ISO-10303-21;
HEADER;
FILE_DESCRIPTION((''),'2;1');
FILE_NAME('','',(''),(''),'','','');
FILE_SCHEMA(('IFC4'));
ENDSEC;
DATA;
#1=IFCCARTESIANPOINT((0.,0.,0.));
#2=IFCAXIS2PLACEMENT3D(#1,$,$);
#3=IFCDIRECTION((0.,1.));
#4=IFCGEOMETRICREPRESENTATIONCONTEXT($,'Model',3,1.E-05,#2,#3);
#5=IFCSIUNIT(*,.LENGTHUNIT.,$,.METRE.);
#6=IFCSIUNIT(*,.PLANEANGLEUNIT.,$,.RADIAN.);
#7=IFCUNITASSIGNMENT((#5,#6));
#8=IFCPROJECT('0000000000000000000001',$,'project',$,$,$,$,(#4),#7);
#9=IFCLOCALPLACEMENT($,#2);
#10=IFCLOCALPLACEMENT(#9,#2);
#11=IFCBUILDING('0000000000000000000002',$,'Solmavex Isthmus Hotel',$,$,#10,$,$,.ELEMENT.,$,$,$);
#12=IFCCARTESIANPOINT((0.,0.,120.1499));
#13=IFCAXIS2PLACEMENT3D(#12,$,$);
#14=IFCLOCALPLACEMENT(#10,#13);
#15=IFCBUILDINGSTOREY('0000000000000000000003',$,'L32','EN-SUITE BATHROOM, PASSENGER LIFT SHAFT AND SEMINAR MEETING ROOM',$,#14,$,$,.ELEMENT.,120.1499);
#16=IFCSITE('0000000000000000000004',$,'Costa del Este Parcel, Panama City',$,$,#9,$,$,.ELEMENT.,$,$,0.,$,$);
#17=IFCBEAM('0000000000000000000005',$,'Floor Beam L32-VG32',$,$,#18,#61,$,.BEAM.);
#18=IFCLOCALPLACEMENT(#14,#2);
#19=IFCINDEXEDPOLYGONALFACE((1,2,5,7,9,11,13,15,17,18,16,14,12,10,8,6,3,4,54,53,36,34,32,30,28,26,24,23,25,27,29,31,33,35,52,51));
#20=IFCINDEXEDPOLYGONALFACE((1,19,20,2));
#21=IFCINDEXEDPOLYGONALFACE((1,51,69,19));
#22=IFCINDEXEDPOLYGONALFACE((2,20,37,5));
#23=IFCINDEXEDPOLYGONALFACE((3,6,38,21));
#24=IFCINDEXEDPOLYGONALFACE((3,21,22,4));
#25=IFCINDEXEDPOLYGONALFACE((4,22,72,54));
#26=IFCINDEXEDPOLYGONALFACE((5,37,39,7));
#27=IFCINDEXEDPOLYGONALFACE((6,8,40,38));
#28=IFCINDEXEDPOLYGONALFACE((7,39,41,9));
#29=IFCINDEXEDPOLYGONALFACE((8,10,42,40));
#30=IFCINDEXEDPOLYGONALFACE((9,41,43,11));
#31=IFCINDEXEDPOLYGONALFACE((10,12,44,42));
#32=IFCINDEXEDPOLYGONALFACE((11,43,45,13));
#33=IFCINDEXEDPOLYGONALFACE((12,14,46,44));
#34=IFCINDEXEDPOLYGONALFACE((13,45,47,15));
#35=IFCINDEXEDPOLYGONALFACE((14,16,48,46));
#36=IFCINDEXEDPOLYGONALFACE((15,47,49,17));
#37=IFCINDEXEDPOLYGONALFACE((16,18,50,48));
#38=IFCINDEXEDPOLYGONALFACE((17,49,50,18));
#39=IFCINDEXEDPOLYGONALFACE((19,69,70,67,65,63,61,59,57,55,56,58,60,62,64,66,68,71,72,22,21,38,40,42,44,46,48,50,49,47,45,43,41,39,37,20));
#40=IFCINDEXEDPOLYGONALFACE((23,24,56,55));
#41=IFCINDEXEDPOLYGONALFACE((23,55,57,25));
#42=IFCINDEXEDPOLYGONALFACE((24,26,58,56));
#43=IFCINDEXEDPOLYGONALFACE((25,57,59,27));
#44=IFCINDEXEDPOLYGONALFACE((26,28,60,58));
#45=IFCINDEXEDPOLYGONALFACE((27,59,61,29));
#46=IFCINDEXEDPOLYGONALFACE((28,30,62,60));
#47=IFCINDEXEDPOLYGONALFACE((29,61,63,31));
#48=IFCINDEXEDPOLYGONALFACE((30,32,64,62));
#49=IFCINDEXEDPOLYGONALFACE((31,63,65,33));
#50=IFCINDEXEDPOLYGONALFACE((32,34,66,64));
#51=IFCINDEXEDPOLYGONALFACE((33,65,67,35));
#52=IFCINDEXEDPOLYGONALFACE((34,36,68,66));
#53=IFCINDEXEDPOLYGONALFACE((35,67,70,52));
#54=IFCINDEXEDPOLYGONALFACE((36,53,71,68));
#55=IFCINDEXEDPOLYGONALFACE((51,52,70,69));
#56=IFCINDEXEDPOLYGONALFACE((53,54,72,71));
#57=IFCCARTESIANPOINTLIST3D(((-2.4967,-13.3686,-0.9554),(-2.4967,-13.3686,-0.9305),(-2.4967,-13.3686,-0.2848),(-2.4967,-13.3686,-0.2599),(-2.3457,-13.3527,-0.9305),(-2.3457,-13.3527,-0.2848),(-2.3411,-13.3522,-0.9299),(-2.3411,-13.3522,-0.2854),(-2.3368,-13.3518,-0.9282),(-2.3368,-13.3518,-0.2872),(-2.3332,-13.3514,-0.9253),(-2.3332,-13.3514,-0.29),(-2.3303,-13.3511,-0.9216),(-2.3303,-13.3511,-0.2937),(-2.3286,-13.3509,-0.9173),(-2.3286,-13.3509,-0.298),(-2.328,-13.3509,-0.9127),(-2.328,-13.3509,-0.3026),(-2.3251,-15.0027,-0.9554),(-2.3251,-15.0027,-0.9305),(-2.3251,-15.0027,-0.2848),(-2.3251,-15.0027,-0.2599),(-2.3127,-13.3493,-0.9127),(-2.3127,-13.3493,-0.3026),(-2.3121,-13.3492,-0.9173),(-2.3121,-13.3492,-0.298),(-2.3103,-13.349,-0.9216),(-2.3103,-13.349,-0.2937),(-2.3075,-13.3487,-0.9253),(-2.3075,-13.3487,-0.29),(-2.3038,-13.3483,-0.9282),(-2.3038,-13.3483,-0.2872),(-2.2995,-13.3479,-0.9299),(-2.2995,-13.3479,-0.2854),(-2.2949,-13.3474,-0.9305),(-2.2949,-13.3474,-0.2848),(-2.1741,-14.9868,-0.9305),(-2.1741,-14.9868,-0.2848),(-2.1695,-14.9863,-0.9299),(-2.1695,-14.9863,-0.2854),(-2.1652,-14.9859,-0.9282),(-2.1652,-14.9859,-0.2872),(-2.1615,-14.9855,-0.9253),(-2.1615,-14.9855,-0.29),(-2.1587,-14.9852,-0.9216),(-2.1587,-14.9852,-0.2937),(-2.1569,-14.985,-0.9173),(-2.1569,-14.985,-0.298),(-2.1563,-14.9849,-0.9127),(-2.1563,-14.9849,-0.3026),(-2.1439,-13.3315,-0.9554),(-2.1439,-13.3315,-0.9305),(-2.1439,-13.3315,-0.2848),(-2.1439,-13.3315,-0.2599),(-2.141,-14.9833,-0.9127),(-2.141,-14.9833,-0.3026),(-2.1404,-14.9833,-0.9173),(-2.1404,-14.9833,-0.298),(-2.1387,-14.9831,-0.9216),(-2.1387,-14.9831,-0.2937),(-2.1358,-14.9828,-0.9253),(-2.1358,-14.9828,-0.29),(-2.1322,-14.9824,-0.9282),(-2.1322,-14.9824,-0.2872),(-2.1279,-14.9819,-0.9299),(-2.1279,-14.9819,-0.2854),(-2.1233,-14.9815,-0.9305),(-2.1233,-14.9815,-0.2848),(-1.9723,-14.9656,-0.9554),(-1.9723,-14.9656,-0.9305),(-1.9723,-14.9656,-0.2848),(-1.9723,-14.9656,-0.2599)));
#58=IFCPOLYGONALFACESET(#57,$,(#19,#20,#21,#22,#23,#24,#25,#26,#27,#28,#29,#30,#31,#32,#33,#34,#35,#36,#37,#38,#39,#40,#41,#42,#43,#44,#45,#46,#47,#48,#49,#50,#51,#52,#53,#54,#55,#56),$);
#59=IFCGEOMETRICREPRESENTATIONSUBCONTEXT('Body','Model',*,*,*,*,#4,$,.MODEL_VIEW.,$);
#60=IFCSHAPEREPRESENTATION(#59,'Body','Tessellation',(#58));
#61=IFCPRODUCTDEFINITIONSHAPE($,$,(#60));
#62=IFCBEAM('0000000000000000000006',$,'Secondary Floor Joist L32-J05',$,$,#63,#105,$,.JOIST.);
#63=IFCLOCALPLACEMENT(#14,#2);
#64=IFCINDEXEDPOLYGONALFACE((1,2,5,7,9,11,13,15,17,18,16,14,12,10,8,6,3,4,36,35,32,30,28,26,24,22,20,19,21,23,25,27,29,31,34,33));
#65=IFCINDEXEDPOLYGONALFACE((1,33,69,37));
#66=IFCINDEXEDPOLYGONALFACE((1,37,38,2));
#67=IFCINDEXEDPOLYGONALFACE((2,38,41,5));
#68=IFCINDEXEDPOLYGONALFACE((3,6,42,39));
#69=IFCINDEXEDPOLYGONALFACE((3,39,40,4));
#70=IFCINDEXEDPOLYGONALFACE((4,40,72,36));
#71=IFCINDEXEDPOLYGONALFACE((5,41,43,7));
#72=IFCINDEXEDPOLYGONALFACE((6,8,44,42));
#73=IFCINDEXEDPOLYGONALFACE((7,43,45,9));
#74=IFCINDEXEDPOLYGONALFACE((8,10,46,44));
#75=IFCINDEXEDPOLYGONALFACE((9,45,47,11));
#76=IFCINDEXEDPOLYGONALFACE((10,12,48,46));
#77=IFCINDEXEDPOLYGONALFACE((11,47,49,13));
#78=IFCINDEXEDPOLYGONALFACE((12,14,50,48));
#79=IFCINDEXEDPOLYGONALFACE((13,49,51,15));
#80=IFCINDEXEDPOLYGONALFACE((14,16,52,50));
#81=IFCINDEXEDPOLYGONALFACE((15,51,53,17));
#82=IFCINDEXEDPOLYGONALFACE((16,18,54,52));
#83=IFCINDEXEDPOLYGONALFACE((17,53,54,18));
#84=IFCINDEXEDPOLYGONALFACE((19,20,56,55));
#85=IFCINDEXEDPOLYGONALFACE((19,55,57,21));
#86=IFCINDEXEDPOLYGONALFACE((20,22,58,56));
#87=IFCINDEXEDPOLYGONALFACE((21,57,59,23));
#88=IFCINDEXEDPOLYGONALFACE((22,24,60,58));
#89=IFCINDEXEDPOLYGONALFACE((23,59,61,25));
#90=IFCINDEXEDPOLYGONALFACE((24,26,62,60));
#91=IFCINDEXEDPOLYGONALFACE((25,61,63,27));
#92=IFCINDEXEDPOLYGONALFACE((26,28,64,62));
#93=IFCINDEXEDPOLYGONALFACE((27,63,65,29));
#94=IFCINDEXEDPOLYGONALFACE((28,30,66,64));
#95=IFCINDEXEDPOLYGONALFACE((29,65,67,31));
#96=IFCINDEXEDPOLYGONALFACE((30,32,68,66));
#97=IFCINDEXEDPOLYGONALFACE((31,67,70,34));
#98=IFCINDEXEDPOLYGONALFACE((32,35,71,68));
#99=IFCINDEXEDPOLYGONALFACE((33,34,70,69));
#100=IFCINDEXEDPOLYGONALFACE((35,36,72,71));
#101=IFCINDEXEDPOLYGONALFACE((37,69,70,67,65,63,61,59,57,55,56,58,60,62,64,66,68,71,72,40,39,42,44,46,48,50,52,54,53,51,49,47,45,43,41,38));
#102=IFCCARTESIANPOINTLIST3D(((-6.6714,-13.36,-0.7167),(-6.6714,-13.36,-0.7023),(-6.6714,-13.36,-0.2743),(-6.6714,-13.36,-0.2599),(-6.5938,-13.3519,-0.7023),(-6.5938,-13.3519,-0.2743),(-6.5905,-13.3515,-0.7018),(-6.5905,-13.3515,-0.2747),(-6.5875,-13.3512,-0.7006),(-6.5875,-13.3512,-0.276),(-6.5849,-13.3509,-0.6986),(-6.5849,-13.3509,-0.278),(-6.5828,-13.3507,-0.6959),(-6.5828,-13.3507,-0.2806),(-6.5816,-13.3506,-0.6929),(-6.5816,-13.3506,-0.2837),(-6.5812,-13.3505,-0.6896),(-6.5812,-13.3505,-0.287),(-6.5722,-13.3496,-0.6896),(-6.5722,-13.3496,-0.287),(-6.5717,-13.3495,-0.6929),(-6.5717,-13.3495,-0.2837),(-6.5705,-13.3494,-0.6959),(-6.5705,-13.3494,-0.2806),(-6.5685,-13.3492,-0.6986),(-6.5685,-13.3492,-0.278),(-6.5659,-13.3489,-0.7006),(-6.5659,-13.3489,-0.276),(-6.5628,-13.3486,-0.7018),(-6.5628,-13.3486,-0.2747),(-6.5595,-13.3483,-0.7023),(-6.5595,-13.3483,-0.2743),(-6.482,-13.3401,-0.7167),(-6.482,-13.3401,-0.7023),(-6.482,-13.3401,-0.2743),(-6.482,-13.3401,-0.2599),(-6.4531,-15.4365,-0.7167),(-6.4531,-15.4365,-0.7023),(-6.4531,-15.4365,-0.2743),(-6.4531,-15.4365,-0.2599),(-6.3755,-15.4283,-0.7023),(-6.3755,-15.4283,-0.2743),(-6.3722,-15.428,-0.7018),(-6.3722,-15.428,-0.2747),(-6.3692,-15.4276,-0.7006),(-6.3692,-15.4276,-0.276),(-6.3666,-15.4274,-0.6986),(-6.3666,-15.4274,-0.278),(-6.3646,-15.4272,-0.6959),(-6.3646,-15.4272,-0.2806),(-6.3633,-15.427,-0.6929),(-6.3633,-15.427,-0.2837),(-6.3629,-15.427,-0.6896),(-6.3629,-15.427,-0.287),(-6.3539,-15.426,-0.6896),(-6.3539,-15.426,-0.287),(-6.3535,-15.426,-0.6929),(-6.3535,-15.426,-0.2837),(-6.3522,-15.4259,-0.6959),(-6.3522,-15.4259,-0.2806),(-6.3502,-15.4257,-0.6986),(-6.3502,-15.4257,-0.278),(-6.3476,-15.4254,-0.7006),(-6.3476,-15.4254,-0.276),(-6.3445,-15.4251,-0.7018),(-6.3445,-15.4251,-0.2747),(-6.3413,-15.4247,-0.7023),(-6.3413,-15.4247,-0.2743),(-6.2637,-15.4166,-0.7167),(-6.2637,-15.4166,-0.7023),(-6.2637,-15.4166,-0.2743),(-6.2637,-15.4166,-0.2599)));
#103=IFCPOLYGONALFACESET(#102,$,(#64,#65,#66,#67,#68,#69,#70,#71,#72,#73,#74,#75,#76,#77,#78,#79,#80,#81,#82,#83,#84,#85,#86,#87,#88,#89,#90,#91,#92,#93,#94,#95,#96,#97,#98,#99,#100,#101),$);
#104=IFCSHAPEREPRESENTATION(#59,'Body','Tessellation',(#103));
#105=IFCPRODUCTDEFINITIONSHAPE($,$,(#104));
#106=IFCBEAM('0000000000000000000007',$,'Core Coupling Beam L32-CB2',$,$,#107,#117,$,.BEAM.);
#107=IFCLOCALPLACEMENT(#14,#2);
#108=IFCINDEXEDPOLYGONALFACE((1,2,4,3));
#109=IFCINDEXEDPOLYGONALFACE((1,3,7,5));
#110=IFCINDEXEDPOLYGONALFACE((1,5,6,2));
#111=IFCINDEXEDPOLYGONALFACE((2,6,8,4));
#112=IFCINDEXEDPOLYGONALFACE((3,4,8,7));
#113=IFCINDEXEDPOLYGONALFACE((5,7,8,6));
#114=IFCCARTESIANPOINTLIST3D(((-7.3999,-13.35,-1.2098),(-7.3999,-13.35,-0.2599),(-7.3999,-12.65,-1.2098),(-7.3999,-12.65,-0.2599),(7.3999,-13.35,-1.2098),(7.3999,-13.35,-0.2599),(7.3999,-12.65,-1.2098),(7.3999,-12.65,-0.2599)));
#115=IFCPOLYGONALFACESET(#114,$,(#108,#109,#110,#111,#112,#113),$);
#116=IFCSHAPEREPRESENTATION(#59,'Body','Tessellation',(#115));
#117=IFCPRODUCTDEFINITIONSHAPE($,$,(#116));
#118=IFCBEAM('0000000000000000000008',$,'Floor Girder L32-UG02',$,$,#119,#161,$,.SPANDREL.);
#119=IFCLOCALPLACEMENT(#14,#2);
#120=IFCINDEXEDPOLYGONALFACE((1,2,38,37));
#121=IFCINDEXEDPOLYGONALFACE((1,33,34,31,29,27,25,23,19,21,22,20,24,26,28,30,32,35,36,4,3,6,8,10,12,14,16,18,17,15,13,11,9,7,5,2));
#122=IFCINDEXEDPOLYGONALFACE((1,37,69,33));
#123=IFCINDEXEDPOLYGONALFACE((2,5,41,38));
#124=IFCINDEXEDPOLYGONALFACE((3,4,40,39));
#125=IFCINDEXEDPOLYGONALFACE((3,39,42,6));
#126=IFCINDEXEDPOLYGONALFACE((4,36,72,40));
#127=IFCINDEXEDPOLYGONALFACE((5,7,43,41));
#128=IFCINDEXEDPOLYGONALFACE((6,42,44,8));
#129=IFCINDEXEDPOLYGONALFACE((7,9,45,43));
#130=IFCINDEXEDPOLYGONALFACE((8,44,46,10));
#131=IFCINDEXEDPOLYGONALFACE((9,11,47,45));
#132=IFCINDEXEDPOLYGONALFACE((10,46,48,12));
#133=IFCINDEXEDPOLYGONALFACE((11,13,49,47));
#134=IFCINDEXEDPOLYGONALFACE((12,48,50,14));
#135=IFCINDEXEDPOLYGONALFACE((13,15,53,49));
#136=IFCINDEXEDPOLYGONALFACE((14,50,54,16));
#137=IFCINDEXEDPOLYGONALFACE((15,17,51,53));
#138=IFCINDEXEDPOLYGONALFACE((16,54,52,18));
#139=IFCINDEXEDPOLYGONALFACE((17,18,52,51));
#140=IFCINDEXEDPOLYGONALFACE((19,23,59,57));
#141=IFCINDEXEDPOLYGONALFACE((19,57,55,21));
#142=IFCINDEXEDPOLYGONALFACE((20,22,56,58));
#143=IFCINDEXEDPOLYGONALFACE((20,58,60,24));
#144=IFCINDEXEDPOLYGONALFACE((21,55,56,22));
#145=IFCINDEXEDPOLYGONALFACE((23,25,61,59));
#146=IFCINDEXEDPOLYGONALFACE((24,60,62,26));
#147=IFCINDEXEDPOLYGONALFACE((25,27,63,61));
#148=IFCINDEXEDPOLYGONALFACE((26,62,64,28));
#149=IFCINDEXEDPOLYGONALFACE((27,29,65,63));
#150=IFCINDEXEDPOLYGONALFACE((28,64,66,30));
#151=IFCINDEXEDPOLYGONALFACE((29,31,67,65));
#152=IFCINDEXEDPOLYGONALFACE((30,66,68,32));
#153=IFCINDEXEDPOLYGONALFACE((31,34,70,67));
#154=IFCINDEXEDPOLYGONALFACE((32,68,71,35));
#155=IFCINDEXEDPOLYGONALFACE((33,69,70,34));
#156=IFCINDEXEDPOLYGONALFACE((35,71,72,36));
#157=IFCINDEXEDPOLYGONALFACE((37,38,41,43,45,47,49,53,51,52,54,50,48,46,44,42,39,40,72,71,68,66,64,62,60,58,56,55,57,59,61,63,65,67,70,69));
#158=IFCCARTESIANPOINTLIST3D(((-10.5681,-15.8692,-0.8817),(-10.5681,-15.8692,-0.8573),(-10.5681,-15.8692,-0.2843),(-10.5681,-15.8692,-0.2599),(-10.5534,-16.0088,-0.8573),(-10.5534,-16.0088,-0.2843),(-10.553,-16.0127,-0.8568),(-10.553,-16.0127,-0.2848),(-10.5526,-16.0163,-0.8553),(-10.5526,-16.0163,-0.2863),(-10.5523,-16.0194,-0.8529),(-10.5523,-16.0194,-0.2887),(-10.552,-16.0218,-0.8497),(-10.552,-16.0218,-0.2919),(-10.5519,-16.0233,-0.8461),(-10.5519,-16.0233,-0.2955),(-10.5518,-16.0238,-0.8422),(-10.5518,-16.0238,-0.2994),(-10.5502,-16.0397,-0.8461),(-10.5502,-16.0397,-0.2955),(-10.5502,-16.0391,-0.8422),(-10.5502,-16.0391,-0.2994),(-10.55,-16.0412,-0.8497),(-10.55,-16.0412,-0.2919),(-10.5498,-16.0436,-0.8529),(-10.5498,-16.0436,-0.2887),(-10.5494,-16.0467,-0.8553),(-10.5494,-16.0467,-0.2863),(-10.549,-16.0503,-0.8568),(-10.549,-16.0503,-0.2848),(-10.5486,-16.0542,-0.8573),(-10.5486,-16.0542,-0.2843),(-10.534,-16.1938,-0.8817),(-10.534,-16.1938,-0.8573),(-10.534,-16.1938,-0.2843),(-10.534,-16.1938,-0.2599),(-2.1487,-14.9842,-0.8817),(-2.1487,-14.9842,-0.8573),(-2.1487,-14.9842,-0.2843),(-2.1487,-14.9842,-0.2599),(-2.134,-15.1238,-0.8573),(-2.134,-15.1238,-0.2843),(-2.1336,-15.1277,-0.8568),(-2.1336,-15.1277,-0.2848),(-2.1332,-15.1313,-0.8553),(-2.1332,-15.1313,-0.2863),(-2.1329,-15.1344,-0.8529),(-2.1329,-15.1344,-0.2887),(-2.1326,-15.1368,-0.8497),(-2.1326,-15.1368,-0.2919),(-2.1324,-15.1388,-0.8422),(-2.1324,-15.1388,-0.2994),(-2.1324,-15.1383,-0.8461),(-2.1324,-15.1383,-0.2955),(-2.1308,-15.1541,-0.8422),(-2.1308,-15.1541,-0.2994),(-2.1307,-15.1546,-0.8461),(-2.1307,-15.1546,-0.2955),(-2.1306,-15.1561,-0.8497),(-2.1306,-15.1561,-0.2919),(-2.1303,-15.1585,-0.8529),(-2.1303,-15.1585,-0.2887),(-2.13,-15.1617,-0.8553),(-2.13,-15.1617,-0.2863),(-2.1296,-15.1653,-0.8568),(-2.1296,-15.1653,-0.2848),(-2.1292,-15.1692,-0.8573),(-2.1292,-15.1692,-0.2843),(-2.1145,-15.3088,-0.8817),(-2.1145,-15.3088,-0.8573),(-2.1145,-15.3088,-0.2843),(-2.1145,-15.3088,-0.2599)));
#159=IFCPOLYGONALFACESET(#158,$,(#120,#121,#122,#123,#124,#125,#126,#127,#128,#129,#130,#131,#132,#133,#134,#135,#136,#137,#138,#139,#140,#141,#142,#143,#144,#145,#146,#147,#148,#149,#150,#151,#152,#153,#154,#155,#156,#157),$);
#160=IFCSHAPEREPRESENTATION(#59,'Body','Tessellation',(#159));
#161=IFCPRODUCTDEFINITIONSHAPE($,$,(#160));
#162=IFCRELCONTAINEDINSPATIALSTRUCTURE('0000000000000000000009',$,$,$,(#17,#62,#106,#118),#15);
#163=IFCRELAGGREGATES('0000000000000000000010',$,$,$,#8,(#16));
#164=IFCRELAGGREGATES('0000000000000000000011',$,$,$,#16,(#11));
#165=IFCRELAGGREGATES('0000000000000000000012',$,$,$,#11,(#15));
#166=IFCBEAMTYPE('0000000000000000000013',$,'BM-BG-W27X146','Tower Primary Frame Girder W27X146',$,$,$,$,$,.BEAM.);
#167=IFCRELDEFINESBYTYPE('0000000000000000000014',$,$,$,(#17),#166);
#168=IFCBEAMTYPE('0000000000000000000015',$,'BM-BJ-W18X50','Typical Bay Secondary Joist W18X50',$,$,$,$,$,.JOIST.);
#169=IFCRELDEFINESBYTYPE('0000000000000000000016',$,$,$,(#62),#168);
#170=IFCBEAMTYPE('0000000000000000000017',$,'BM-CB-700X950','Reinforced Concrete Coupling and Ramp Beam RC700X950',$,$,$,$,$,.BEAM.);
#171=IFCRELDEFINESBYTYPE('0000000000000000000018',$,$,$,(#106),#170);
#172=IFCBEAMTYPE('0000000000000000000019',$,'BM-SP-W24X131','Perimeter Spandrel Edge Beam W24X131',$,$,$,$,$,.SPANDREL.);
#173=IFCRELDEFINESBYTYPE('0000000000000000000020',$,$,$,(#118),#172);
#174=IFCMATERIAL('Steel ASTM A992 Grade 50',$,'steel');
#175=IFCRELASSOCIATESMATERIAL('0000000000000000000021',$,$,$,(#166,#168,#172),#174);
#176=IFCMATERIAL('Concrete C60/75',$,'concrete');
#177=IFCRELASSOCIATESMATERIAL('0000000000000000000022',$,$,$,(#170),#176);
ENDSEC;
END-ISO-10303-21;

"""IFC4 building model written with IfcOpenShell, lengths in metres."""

from ifc_helpers import new_model, si_unit, direction, frame, origin, origin_2d, place, context, subcontext, project, spatial, rectangle, i_section, extrude, material, material_profile, profile_set, type_object, element, save


model = new_model("IFC4")

# Units and contexts
model_context = context("Model", 3, precision=1e-05, world=origin(), true_north=direction((0.0, 1.0)))
body_context = subcontext(model_context, "Body", "Model", "MODEL_VIEW")
ifc_project = project(units=[si_unit("LENGTHUNIT", "METRE"), si_unit("PLANEANGLEUNIT", "RADIAN")], contexts=[model_context])

# Site, building, storey
site_placement = place(None, origin())
site = spatial("IfcSite", under=ifc_project, at=site_placement, Name="Costa del Este Parcel, Panama City", CompositionType="ELEMENT", RefElevation=0.0)
building_placement = place(site_placement, origin())
building = spatial("IfcBuilding", under=site, at=building_placement, Name="Solmavex Isthmus Hotel", CompositionType="ELEMENT")
storey_placement = place(building_placement, frame((0.0, 0.0, 120.1499)))
storey = spatial("IfcBuildingStorey", under=building, at=storey_placement, Name="L32", Description="EN-SUITE BATHROOM, PASSENGER LIFT SHAFT AND SEMINAR MEETING ROOM", CompositionType="ELEMENT", Elevation=120.1499)

# Shared definitions
ifc_material_1 = material(Name="Concrete C60/75", Category="concrete")

# Beams
ifc_material_2 = material(Name="Steel ASTM A992 Grade 50", Category="steel")
ifc_material_profile_1 = material_profile(ifc_material_2, i_section(OverallWidth=0.3547, OverallDepth=0.6956, WebThickness=0.0154, FlangeThickness=0.0249, FilletRadius=0.0178, at=origin_2d()), Name="W27X146")
ifc_profile_set_1 = profile_set([ifc_material_profile_1], Name="Steel ASTM A992 Grade 50")
beam_type_1 = type_object("IfcBeamType", Name="BM-BG-W27X146", Description="Tower Primary Frame Girder W27X146", PredefinedType="BEAM", material=ifc_profile_set_1)
beam_1_placement = place(storey_placement, frame((-2.1487, -14.9841, -0.6077), z_axis=(-0.10446, 0.994529, 0.0), x_axis=(-0.994529, -0.10446, 0.0)))
element("IfcBeam", 1, at=beam_1_placement, inside=storey, type_object=beam_type_1, Name="Floor Beam L32-VG32", PredefinedType="BEAM", context=body_context, shape_type="SweptSolid", body=[
    extrude(i_section(OverallWidth=0.3547, OverallDepth=0.6956, WebThickness=0.0154, FlangeThickness=0.0249, FilletRadius=0.0178, at=origin_2d()), origin(), (0.0, 0.0, 1.0), 1.6431),
])
ifc_material_profile_2 = material_profile(ifc_material_2, i_section(OverallWidth=0.1904, OverallDepth=0.4568, WebThickness=0.009, FlangeThickness=0.0144, FilletRadius=0.0127, at=origin_2d()), Name="W18X50")
ifc_profile_set_2 = profile_set([ifc_material_profile_2], Name="Steel ASTM A992 Grade 50")
beam_type_2 = type_object("IfcBeamType", Name="BM-BJ-W18X50", Description="Typical Bay Secondary Joist W18X50", PredefinedType="JOIST", material=ifc_profile_set_2)
beam_2_placement = place(storey_placement, frame((-6.3584, -15.4265, -0.4883), z_axis=(-0.104539, 0.994521, 0.0), x_axis=(-0.994521, -0.104539, 0.0)))
element("IfcBeam", 2, at=beam_2_placement, inside=storey, type_object=beam_type_2, Name="Secondary Floor Joist L32-J05", PredefinedType="JOIST", context=body_context, shape_type="SweptSolid", body=[
    extrude(i_section(OverallWidth=0.1904, OverallDepth=0.4568, WebThickness=0.009, FlangeThickness=0.0144, FilletRadius=0.0127, at=origin_2d()), origin(), (0.0, 0.0, 1.0), 2.0879),
])
ifc_material_profile_3 = material_profile(ifc_material_1, rectangle(XDim=0.7, YDim=0.95, at=origin_2d()), Name="RC700X950")
ifc_profile_set_3 = profile_set([ifc_material_profile_3], Name="Concrete C60/75")
beam_type_3 = type_object("IfcBeamType", Name="BM-CB-700X950", Description="Reinforced Concrete Coupling and Ramp Beam RC700X950", PredefinedType="BEAM", material=ifc_profile_set_3)
beam_3_placement = place(storey_placement, frame((-7.3999, -13.0, -0.7349), z_axis=(1.0, 0.0, 0.0), x_axis=(0.0, 1.0, 0.0)))
element("IfcBeam", 3, at=beam_3_placement, inside=storey, type_object=beam_type_3, Name="Core Coupling Beam L32-CB2", PredefinedType="BEAM", context=body_context, shape_type="SweptSolid", body=[
    extrude(rectangle(XDim=0.7, YDim=0.95, at=origin_2d()), origin(), (0.0, 0.0, 1.0), 14.7998),
])
ifc_material_profile_4 = material_profile(ifc_material_2, i_section(OverallWidth=0.3264, OverallDepth=0.6218, WebThickness=0.0154, FlangeThickness=0.0244, FilletRadius=0.0151, at=origin_2d()), Name="W24X131")
ifc_profile_set_4 = profile_set([ifc_material_profile_4], Name="Steel ASTM A992 Grade 50")
beam_type_4 = type_object("IfcBeamType", Name="BM-SP-W24X131", Description="Perimeter Spandrel Edge Beam W24X131", PredefinedType="SPANDREL", material=ifc_profile_set_4)
beam_4_placement = place(storey_placement, frame((-10.551, -16.0315, -0.5708), z_axis=(0.994521, 0.104539, 0.0), x_axis=(-0.104539, 0.994521, 0.0)))
element("IfcBeam", 4, at=beam_4_placement, inside=storey, type_object=beam_type_4, Name="Floor Girder L32-UG02", PredefinedType="SPANDREL", context=body_context, shape_type="SweptSolid", body=[
    extrude(i_section(OverallWidth=0.3264, OverallDepth=0.6218, WebThickness=0.0154, FlangeThickness=0.0244, FilletRadius=0.0151, at=origin_2d()), origin(), (0.0, 0.0, 1.0), 8.4658),
])

save(model, "model.ifc")
